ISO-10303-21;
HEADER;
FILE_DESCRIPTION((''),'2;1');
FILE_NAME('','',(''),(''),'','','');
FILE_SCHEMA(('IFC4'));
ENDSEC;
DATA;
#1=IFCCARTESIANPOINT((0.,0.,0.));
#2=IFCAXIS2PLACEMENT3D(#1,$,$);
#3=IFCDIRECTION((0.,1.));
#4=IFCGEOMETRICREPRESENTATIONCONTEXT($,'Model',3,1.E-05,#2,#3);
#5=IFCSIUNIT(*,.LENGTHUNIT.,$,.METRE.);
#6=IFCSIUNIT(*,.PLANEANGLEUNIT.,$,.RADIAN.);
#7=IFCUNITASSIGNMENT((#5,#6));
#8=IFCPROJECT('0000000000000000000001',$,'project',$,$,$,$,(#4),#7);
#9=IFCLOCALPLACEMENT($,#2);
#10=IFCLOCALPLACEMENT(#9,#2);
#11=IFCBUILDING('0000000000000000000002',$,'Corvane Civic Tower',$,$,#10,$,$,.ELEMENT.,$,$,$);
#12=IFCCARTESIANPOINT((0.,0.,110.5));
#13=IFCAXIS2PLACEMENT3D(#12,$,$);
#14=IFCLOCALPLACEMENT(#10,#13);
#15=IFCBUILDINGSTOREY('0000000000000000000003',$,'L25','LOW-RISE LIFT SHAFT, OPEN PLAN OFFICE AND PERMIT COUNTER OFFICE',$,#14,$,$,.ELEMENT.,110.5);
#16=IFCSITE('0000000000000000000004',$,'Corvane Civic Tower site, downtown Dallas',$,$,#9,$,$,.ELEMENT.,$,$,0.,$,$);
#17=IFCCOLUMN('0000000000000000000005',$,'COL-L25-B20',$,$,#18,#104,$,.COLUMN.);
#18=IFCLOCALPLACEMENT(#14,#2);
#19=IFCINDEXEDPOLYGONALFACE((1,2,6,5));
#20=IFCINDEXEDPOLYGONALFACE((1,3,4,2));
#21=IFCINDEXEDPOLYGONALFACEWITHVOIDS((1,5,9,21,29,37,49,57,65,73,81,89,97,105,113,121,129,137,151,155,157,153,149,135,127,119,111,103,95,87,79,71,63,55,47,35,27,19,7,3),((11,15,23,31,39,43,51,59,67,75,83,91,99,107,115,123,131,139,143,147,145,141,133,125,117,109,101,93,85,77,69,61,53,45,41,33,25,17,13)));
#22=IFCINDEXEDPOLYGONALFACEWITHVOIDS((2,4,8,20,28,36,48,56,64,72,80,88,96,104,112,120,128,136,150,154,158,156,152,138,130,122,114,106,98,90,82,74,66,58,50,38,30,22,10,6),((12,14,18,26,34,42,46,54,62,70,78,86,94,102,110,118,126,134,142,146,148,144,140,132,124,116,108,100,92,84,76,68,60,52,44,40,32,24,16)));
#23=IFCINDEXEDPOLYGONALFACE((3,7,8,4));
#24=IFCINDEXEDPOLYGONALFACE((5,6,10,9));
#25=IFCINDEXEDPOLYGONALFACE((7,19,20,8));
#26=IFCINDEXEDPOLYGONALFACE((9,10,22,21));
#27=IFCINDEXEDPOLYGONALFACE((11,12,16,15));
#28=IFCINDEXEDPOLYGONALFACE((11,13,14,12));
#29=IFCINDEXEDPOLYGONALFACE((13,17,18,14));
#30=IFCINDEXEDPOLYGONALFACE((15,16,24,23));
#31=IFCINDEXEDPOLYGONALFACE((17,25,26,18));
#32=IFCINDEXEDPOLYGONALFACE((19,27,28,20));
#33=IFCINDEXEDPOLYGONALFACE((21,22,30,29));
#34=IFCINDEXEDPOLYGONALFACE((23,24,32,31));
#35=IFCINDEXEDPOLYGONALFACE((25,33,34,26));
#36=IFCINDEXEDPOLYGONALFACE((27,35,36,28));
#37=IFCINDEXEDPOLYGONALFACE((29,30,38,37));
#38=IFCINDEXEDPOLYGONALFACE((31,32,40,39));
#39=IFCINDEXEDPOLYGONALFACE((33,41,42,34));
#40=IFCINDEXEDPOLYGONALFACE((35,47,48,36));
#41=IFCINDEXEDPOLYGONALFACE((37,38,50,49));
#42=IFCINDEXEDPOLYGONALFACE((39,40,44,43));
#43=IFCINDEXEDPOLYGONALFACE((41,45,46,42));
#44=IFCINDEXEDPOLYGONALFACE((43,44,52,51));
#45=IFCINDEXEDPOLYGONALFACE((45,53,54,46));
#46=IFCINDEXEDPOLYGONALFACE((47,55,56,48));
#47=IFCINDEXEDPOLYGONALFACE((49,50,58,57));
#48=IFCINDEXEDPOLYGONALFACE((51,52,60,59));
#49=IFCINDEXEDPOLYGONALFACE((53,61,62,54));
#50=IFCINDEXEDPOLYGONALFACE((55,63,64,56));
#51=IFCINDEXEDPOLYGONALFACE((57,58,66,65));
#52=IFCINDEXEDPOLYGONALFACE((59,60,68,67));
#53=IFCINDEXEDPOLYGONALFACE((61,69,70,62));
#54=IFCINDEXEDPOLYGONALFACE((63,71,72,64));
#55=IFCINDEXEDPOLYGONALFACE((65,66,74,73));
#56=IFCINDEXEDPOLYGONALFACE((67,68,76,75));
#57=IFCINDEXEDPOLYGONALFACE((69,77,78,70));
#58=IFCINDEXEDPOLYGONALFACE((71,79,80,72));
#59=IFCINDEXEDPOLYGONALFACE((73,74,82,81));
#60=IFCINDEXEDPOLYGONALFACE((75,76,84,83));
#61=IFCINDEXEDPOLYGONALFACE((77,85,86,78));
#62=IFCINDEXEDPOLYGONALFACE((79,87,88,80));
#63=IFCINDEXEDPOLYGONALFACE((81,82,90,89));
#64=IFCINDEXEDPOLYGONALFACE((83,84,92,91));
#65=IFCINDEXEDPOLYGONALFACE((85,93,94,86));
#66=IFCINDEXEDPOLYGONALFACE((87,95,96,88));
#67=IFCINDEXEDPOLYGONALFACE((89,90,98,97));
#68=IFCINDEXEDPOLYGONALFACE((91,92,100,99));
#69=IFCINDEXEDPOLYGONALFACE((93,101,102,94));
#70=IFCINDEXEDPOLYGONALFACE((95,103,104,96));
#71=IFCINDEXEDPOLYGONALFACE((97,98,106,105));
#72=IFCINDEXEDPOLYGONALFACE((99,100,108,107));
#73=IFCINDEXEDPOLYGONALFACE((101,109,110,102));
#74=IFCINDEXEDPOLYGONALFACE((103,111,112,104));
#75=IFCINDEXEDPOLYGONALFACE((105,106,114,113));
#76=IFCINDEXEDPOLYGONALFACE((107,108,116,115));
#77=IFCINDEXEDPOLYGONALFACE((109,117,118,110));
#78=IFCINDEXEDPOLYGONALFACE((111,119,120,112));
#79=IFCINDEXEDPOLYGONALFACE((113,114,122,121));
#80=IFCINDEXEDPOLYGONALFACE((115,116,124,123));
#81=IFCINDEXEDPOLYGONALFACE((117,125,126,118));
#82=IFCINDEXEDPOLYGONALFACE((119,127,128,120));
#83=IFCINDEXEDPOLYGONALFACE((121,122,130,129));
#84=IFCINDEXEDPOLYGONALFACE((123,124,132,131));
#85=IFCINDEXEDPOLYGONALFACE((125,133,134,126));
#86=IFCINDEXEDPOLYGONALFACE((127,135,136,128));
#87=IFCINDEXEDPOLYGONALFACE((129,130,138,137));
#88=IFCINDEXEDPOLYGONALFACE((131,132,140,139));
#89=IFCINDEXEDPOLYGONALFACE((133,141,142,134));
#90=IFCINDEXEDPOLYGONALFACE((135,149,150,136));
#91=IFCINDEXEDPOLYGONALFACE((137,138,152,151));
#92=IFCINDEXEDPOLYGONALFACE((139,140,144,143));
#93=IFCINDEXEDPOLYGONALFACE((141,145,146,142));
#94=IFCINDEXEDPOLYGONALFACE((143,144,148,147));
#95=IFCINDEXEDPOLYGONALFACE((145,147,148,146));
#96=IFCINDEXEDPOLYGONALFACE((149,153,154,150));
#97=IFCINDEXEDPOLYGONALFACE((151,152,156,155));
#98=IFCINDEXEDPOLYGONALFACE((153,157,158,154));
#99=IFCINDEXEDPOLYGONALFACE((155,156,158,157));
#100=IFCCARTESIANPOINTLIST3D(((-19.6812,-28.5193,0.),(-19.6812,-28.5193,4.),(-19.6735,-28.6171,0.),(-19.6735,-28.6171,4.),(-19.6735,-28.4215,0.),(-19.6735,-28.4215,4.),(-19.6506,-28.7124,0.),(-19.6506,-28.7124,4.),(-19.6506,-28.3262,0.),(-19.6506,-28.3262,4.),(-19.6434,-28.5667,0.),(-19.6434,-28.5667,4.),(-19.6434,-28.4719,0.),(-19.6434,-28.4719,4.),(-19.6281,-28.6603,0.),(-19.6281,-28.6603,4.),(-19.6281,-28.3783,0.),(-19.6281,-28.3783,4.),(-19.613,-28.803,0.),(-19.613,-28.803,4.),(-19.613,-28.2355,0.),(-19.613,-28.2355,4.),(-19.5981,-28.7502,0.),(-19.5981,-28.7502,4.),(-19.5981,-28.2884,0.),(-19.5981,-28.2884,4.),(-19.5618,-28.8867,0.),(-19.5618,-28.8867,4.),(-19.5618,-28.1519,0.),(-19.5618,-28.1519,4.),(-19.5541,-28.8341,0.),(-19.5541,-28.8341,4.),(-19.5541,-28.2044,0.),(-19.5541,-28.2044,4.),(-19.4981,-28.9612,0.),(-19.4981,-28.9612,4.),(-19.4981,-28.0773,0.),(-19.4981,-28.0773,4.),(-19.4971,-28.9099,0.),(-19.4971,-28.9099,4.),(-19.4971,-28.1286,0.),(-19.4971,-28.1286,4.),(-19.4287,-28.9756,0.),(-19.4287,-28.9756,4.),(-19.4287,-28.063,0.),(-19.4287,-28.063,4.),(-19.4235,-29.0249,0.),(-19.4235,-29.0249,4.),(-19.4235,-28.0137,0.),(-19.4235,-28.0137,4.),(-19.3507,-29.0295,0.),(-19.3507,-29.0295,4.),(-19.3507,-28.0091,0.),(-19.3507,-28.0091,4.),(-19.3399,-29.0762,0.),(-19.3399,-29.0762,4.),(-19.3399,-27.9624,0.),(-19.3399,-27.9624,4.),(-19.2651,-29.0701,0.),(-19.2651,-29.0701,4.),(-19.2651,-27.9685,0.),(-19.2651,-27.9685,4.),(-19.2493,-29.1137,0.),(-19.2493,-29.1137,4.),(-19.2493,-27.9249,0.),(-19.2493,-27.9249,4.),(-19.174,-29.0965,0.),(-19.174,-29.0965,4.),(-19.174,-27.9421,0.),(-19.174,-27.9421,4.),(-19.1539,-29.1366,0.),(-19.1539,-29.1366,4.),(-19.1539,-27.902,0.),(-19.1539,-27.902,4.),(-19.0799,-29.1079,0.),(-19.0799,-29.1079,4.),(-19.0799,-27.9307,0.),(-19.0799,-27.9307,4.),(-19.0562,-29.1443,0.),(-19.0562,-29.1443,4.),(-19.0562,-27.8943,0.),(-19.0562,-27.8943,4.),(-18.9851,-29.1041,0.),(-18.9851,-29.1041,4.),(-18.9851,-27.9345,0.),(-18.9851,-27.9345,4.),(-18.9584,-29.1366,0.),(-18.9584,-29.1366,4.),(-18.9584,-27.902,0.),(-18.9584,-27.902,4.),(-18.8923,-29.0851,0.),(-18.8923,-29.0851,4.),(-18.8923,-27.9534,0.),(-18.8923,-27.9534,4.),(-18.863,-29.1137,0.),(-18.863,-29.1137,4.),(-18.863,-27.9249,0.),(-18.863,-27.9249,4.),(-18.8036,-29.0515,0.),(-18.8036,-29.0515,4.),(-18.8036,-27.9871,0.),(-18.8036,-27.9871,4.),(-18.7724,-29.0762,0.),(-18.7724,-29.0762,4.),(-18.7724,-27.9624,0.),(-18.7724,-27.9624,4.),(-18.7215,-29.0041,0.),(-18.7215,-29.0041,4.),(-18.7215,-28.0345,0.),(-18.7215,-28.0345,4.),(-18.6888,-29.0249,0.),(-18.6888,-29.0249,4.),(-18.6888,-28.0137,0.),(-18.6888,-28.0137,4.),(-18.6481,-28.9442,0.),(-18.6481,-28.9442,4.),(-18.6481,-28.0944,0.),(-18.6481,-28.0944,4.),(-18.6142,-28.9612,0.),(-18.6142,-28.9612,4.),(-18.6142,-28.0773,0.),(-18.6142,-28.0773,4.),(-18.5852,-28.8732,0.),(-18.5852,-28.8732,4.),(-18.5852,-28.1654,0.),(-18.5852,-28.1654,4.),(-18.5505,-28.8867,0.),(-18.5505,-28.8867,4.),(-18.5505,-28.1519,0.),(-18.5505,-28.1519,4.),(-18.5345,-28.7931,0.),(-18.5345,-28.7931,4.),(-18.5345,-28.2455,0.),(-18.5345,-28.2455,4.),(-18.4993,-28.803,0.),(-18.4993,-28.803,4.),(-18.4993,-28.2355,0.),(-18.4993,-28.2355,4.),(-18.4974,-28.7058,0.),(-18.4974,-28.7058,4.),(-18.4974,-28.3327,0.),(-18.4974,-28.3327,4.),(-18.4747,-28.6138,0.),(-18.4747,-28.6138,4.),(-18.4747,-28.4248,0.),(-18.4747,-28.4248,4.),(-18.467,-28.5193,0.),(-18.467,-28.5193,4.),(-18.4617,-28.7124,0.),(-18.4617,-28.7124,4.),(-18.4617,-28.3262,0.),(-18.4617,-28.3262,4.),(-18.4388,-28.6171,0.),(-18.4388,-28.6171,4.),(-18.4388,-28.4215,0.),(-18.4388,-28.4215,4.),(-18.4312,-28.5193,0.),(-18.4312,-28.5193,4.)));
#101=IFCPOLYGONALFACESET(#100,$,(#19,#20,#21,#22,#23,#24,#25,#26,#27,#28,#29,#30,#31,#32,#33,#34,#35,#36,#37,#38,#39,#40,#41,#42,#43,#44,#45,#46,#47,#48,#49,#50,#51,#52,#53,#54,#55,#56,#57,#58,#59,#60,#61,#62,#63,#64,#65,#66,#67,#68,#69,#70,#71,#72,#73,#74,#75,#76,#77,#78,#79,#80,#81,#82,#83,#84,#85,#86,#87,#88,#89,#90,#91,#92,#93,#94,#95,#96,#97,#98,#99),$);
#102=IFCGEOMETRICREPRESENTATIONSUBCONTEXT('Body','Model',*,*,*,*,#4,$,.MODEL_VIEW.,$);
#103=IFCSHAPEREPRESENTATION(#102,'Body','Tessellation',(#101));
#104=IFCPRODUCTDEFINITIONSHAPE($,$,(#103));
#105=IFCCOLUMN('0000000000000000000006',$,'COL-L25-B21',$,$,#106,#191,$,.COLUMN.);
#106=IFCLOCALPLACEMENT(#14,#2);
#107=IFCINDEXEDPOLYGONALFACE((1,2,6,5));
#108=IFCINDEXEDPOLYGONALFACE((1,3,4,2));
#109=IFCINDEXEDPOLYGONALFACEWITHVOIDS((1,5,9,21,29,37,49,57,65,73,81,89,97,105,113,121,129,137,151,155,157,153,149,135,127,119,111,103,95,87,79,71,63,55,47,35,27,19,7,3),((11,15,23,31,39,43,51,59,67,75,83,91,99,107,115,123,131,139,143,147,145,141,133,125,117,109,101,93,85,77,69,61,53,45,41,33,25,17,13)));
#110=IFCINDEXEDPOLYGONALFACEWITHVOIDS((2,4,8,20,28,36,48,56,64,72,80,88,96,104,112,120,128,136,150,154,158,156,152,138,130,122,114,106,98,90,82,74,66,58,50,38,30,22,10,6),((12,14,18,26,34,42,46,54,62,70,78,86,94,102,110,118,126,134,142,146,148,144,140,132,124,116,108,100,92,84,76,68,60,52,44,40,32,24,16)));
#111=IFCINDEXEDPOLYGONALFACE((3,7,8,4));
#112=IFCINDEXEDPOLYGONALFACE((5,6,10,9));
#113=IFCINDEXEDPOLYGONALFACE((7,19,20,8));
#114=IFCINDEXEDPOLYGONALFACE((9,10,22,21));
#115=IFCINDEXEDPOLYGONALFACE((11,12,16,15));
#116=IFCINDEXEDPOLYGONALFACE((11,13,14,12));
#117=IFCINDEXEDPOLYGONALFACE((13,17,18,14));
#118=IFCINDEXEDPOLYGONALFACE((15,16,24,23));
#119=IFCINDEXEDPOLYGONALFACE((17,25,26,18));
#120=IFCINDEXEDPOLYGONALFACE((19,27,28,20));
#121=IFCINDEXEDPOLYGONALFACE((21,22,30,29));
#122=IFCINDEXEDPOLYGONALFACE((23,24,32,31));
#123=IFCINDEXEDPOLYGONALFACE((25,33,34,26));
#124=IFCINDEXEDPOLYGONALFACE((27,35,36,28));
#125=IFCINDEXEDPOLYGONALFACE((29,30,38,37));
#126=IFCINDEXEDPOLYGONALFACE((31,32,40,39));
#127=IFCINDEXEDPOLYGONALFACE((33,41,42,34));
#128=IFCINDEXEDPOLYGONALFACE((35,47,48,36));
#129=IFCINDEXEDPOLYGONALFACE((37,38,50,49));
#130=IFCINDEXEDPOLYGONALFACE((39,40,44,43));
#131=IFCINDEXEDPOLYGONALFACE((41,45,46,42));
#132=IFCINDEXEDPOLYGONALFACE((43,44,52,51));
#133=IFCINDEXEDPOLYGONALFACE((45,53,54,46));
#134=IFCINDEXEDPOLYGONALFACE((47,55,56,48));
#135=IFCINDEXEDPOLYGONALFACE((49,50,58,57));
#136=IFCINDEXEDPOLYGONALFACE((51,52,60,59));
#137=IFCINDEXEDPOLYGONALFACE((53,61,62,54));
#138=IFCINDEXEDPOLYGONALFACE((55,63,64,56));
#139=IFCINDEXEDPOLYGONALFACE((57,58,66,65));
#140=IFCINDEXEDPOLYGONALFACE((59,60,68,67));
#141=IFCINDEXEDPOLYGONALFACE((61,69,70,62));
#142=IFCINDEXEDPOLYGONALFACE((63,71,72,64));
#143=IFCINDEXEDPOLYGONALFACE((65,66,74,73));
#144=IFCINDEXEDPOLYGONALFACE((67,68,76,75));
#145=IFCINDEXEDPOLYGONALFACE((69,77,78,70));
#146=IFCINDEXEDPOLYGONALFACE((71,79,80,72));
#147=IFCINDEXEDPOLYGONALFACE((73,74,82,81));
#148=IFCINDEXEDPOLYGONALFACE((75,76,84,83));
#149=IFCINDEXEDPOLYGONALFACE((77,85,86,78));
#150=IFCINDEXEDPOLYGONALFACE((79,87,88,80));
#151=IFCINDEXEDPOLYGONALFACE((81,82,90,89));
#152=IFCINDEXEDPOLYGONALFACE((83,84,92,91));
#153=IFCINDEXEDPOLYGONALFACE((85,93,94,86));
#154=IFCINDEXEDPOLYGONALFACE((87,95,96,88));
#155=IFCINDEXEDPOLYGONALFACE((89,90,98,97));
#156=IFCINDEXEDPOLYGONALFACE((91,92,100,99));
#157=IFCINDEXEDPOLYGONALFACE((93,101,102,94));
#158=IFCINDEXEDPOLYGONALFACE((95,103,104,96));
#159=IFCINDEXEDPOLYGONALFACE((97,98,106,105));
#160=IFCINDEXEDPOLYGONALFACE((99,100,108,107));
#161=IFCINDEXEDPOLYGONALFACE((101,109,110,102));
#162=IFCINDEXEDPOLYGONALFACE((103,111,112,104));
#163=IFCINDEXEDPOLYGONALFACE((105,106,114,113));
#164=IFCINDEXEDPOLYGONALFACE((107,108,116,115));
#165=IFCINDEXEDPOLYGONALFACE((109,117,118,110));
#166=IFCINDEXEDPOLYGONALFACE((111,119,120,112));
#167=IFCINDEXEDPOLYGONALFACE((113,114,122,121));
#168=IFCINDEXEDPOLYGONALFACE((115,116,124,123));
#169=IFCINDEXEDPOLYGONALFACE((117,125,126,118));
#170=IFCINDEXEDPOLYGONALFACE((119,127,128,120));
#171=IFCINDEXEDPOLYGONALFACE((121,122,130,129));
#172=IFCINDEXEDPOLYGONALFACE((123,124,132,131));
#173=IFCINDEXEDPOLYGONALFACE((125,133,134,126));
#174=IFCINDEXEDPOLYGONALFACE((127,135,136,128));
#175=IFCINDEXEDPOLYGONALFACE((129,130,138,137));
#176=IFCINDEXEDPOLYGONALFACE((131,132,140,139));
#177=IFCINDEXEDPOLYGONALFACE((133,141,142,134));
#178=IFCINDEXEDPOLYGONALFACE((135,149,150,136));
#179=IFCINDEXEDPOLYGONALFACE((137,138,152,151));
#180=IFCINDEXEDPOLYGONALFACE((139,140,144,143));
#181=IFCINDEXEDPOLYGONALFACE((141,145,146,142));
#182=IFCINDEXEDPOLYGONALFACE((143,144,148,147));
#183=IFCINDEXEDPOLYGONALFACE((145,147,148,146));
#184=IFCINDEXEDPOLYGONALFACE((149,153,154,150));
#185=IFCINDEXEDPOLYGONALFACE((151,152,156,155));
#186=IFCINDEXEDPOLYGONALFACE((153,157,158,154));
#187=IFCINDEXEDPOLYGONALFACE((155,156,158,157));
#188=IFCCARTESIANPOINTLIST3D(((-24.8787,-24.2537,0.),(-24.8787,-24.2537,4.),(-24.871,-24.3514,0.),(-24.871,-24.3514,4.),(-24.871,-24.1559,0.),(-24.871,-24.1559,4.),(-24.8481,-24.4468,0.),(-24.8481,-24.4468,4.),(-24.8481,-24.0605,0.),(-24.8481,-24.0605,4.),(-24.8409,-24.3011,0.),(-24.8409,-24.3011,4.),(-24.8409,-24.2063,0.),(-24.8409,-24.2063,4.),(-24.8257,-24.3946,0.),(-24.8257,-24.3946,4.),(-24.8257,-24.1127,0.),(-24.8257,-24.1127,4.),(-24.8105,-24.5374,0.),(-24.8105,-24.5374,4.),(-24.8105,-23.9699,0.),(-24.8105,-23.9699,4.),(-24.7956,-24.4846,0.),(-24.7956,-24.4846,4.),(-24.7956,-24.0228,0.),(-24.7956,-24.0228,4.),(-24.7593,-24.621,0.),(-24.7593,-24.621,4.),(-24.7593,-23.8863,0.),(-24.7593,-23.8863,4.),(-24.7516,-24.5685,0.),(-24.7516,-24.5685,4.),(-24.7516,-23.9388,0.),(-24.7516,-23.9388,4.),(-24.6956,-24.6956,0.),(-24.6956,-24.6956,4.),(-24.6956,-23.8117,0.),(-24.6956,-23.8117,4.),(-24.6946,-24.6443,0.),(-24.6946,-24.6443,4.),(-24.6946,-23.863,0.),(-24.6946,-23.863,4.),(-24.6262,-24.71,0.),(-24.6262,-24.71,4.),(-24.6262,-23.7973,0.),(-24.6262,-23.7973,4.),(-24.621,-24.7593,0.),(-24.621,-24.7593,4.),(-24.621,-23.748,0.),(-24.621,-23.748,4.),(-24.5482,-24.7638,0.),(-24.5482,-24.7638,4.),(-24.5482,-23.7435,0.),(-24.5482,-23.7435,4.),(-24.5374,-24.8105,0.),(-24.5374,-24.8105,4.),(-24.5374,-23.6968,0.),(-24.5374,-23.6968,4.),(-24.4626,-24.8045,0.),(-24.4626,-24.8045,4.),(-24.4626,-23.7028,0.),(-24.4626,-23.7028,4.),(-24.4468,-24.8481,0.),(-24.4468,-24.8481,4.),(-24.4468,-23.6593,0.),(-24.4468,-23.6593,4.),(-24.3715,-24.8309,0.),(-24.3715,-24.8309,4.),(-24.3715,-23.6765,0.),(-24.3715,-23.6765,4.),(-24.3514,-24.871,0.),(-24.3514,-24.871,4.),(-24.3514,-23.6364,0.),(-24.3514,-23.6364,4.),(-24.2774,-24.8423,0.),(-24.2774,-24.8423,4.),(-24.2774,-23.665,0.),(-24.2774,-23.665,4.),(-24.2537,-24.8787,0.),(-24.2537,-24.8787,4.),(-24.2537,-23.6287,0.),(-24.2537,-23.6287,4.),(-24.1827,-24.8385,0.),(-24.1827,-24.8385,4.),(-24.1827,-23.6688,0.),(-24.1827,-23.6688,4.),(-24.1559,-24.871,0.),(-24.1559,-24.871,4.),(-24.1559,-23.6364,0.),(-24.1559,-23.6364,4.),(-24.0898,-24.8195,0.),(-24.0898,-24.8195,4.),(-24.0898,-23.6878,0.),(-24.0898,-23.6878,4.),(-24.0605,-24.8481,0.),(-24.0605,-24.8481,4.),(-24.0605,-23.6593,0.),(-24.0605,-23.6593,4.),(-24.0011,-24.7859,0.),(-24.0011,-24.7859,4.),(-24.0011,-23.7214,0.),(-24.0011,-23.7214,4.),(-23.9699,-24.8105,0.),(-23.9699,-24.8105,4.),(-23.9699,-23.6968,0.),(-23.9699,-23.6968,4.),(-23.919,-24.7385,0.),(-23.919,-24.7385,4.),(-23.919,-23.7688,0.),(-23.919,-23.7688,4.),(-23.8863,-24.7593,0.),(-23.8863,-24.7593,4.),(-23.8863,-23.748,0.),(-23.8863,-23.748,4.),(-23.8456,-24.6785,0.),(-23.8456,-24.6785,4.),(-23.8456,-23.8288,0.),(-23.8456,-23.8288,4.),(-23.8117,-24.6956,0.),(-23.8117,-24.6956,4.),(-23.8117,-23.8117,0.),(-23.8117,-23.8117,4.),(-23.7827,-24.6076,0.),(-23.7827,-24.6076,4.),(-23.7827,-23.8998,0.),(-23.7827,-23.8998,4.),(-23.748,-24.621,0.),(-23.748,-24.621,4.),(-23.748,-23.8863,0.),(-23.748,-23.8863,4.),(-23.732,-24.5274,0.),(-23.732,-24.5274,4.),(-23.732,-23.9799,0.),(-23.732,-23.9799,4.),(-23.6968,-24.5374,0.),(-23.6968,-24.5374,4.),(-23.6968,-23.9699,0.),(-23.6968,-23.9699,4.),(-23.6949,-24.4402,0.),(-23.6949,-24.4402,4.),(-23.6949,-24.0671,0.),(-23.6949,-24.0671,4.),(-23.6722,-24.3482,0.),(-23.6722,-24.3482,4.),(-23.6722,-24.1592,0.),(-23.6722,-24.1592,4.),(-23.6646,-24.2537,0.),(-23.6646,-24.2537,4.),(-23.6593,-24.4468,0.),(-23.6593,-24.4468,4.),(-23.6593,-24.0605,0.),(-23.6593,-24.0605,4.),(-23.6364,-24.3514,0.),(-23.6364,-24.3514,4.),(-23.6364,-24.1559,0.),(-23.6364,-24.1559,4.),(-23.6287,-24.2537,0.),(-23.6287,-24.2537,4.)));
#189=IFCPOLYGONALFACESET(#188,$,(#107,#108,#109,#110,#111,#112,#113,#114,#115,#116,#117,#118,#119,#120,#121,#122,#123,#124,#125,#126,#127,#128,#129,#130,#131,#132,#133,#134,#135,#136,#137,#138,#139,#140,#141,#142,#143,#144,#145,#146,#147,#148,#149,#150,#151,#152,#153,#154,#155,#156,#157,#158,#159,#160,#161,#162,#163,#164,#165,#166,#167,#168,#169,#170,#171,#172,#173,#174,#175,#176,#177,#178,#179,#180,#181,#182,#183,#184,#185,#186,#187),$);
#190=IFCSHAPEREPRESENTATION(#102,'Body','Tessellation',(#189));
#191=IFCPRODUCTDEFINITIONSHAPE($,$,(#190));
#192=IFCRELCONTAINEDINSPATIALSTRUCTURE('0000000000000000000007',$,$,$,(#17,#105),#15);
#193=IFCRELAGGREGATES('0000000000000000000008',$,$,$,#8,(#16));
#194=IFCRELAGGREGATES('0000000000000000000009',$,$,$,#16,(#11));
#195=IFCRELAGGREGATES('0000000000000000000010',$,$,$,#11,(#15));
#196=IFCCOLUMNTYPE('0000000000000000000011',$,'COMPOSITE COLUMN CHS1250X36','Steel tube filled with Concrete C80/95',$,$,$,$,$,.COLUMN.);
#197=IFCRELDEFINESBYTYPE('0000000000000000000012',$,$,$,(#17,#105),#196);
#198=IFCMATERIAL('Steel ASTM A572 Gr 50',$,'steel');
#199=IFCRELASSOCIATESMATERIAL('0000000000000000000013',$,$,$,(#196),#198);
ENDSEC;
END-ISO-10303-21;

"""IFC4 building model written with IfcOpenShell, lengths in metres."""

from ifc_helpers import new_model, si_unit, direction, frame, origin, origin_2d, place, context, subcontext, project, spatial, hollow_circle, extrude, material, material_profile, profile_set, type_object, element, save


model = new_model("IFC4")

# Units and contexts
model_context = context("Model", 3, precision=1e-05, world=origin(), true_north=direction((0.0, 1.0)))
body_context = subcontext(model_context, "Body", "Model", "MODEL_VIEW")
ifc_project = project(units=[si_unit("LENGTHUNIT", "METRE"), si_unit("PLANEANGLEUNIT", "RADIAN")], contexts=[model_context])

# Site, building, storey
site_placement = place(None, origin())
site = spatial("IfcSite", under=ifc_project, at=site_placement, Name="Corvane Civic Tower site, downtown Dallas", CompositionType="ELEMENT", RefElevation=0.0)
building_placement = place(site_placement, origin())
building = spatial("IfcBuilding", under=site, at=building_placement, Name="Corvane Civic Tower", CompositionType="ELEMENT")
storey_placement = place(building_placement, frame((0.0, 0.0, 110.5)))
storey = spatial("IfcBuildingStorey", under=building, at=storey_placement, Name="L25", Description="LOW-RISE LIFT SHAFT, OPEN PLAN OFFICE AND PERMIT COUNTER OFFICE", CompositionType="ELEMENT", Elevation=110.5)

# Columns
ifc_material_1 = material(Name="Steel ASTM A572 Gr 50", Category="steel")
ifc_material_profile_1 = material_profile(ifc_material_1, hollow_circle(Radius=0.625, WallThickness=0.0359, at=origin_2d()), Name="CHS1250X36")
ifc_profile_set_1 = profile_set([ifc_material_profile_1], Name="Steel ASTM A572 Gr 50")
column_type = type_object("IfcColumnType", Name="COMPOSITE COLUMN CHS1250X36", Description="Steel tube filled with Concrete C80/95", PredefinedType="COLUMN", material=ifc_profile_set_1)
for number, where, z_axis, x_axis, name in (
    (1, (-19.0562, -28.5193, 0.0), (0.0, 0.0, 1.0), (1.0, 0.0, 0.0), "COL-L25-B20"),
    (2, (-24.2537, -24.2537, 0.0), (0.0, 0.0, 1.0), (1.0, 0.0, 0.0), "COL-L25-B21"),
):
    element("IfcColumn", number, at=place(storey_placement, frame(where, z_axis=z_axis, x_axis=x_axis)), inside=storey, type_object=column_type, Name=name, PredefinedType="COLUMN", context=body_context, shape_type="SweptSolid", body=[
        extrude(hollow_circle(Radius=0.625, WallThickness=0.0359, at=origin_2d()), origin(), (0.0, 0.0, 1.0), 4.0),
    ])

save(model, "model.ifc")
